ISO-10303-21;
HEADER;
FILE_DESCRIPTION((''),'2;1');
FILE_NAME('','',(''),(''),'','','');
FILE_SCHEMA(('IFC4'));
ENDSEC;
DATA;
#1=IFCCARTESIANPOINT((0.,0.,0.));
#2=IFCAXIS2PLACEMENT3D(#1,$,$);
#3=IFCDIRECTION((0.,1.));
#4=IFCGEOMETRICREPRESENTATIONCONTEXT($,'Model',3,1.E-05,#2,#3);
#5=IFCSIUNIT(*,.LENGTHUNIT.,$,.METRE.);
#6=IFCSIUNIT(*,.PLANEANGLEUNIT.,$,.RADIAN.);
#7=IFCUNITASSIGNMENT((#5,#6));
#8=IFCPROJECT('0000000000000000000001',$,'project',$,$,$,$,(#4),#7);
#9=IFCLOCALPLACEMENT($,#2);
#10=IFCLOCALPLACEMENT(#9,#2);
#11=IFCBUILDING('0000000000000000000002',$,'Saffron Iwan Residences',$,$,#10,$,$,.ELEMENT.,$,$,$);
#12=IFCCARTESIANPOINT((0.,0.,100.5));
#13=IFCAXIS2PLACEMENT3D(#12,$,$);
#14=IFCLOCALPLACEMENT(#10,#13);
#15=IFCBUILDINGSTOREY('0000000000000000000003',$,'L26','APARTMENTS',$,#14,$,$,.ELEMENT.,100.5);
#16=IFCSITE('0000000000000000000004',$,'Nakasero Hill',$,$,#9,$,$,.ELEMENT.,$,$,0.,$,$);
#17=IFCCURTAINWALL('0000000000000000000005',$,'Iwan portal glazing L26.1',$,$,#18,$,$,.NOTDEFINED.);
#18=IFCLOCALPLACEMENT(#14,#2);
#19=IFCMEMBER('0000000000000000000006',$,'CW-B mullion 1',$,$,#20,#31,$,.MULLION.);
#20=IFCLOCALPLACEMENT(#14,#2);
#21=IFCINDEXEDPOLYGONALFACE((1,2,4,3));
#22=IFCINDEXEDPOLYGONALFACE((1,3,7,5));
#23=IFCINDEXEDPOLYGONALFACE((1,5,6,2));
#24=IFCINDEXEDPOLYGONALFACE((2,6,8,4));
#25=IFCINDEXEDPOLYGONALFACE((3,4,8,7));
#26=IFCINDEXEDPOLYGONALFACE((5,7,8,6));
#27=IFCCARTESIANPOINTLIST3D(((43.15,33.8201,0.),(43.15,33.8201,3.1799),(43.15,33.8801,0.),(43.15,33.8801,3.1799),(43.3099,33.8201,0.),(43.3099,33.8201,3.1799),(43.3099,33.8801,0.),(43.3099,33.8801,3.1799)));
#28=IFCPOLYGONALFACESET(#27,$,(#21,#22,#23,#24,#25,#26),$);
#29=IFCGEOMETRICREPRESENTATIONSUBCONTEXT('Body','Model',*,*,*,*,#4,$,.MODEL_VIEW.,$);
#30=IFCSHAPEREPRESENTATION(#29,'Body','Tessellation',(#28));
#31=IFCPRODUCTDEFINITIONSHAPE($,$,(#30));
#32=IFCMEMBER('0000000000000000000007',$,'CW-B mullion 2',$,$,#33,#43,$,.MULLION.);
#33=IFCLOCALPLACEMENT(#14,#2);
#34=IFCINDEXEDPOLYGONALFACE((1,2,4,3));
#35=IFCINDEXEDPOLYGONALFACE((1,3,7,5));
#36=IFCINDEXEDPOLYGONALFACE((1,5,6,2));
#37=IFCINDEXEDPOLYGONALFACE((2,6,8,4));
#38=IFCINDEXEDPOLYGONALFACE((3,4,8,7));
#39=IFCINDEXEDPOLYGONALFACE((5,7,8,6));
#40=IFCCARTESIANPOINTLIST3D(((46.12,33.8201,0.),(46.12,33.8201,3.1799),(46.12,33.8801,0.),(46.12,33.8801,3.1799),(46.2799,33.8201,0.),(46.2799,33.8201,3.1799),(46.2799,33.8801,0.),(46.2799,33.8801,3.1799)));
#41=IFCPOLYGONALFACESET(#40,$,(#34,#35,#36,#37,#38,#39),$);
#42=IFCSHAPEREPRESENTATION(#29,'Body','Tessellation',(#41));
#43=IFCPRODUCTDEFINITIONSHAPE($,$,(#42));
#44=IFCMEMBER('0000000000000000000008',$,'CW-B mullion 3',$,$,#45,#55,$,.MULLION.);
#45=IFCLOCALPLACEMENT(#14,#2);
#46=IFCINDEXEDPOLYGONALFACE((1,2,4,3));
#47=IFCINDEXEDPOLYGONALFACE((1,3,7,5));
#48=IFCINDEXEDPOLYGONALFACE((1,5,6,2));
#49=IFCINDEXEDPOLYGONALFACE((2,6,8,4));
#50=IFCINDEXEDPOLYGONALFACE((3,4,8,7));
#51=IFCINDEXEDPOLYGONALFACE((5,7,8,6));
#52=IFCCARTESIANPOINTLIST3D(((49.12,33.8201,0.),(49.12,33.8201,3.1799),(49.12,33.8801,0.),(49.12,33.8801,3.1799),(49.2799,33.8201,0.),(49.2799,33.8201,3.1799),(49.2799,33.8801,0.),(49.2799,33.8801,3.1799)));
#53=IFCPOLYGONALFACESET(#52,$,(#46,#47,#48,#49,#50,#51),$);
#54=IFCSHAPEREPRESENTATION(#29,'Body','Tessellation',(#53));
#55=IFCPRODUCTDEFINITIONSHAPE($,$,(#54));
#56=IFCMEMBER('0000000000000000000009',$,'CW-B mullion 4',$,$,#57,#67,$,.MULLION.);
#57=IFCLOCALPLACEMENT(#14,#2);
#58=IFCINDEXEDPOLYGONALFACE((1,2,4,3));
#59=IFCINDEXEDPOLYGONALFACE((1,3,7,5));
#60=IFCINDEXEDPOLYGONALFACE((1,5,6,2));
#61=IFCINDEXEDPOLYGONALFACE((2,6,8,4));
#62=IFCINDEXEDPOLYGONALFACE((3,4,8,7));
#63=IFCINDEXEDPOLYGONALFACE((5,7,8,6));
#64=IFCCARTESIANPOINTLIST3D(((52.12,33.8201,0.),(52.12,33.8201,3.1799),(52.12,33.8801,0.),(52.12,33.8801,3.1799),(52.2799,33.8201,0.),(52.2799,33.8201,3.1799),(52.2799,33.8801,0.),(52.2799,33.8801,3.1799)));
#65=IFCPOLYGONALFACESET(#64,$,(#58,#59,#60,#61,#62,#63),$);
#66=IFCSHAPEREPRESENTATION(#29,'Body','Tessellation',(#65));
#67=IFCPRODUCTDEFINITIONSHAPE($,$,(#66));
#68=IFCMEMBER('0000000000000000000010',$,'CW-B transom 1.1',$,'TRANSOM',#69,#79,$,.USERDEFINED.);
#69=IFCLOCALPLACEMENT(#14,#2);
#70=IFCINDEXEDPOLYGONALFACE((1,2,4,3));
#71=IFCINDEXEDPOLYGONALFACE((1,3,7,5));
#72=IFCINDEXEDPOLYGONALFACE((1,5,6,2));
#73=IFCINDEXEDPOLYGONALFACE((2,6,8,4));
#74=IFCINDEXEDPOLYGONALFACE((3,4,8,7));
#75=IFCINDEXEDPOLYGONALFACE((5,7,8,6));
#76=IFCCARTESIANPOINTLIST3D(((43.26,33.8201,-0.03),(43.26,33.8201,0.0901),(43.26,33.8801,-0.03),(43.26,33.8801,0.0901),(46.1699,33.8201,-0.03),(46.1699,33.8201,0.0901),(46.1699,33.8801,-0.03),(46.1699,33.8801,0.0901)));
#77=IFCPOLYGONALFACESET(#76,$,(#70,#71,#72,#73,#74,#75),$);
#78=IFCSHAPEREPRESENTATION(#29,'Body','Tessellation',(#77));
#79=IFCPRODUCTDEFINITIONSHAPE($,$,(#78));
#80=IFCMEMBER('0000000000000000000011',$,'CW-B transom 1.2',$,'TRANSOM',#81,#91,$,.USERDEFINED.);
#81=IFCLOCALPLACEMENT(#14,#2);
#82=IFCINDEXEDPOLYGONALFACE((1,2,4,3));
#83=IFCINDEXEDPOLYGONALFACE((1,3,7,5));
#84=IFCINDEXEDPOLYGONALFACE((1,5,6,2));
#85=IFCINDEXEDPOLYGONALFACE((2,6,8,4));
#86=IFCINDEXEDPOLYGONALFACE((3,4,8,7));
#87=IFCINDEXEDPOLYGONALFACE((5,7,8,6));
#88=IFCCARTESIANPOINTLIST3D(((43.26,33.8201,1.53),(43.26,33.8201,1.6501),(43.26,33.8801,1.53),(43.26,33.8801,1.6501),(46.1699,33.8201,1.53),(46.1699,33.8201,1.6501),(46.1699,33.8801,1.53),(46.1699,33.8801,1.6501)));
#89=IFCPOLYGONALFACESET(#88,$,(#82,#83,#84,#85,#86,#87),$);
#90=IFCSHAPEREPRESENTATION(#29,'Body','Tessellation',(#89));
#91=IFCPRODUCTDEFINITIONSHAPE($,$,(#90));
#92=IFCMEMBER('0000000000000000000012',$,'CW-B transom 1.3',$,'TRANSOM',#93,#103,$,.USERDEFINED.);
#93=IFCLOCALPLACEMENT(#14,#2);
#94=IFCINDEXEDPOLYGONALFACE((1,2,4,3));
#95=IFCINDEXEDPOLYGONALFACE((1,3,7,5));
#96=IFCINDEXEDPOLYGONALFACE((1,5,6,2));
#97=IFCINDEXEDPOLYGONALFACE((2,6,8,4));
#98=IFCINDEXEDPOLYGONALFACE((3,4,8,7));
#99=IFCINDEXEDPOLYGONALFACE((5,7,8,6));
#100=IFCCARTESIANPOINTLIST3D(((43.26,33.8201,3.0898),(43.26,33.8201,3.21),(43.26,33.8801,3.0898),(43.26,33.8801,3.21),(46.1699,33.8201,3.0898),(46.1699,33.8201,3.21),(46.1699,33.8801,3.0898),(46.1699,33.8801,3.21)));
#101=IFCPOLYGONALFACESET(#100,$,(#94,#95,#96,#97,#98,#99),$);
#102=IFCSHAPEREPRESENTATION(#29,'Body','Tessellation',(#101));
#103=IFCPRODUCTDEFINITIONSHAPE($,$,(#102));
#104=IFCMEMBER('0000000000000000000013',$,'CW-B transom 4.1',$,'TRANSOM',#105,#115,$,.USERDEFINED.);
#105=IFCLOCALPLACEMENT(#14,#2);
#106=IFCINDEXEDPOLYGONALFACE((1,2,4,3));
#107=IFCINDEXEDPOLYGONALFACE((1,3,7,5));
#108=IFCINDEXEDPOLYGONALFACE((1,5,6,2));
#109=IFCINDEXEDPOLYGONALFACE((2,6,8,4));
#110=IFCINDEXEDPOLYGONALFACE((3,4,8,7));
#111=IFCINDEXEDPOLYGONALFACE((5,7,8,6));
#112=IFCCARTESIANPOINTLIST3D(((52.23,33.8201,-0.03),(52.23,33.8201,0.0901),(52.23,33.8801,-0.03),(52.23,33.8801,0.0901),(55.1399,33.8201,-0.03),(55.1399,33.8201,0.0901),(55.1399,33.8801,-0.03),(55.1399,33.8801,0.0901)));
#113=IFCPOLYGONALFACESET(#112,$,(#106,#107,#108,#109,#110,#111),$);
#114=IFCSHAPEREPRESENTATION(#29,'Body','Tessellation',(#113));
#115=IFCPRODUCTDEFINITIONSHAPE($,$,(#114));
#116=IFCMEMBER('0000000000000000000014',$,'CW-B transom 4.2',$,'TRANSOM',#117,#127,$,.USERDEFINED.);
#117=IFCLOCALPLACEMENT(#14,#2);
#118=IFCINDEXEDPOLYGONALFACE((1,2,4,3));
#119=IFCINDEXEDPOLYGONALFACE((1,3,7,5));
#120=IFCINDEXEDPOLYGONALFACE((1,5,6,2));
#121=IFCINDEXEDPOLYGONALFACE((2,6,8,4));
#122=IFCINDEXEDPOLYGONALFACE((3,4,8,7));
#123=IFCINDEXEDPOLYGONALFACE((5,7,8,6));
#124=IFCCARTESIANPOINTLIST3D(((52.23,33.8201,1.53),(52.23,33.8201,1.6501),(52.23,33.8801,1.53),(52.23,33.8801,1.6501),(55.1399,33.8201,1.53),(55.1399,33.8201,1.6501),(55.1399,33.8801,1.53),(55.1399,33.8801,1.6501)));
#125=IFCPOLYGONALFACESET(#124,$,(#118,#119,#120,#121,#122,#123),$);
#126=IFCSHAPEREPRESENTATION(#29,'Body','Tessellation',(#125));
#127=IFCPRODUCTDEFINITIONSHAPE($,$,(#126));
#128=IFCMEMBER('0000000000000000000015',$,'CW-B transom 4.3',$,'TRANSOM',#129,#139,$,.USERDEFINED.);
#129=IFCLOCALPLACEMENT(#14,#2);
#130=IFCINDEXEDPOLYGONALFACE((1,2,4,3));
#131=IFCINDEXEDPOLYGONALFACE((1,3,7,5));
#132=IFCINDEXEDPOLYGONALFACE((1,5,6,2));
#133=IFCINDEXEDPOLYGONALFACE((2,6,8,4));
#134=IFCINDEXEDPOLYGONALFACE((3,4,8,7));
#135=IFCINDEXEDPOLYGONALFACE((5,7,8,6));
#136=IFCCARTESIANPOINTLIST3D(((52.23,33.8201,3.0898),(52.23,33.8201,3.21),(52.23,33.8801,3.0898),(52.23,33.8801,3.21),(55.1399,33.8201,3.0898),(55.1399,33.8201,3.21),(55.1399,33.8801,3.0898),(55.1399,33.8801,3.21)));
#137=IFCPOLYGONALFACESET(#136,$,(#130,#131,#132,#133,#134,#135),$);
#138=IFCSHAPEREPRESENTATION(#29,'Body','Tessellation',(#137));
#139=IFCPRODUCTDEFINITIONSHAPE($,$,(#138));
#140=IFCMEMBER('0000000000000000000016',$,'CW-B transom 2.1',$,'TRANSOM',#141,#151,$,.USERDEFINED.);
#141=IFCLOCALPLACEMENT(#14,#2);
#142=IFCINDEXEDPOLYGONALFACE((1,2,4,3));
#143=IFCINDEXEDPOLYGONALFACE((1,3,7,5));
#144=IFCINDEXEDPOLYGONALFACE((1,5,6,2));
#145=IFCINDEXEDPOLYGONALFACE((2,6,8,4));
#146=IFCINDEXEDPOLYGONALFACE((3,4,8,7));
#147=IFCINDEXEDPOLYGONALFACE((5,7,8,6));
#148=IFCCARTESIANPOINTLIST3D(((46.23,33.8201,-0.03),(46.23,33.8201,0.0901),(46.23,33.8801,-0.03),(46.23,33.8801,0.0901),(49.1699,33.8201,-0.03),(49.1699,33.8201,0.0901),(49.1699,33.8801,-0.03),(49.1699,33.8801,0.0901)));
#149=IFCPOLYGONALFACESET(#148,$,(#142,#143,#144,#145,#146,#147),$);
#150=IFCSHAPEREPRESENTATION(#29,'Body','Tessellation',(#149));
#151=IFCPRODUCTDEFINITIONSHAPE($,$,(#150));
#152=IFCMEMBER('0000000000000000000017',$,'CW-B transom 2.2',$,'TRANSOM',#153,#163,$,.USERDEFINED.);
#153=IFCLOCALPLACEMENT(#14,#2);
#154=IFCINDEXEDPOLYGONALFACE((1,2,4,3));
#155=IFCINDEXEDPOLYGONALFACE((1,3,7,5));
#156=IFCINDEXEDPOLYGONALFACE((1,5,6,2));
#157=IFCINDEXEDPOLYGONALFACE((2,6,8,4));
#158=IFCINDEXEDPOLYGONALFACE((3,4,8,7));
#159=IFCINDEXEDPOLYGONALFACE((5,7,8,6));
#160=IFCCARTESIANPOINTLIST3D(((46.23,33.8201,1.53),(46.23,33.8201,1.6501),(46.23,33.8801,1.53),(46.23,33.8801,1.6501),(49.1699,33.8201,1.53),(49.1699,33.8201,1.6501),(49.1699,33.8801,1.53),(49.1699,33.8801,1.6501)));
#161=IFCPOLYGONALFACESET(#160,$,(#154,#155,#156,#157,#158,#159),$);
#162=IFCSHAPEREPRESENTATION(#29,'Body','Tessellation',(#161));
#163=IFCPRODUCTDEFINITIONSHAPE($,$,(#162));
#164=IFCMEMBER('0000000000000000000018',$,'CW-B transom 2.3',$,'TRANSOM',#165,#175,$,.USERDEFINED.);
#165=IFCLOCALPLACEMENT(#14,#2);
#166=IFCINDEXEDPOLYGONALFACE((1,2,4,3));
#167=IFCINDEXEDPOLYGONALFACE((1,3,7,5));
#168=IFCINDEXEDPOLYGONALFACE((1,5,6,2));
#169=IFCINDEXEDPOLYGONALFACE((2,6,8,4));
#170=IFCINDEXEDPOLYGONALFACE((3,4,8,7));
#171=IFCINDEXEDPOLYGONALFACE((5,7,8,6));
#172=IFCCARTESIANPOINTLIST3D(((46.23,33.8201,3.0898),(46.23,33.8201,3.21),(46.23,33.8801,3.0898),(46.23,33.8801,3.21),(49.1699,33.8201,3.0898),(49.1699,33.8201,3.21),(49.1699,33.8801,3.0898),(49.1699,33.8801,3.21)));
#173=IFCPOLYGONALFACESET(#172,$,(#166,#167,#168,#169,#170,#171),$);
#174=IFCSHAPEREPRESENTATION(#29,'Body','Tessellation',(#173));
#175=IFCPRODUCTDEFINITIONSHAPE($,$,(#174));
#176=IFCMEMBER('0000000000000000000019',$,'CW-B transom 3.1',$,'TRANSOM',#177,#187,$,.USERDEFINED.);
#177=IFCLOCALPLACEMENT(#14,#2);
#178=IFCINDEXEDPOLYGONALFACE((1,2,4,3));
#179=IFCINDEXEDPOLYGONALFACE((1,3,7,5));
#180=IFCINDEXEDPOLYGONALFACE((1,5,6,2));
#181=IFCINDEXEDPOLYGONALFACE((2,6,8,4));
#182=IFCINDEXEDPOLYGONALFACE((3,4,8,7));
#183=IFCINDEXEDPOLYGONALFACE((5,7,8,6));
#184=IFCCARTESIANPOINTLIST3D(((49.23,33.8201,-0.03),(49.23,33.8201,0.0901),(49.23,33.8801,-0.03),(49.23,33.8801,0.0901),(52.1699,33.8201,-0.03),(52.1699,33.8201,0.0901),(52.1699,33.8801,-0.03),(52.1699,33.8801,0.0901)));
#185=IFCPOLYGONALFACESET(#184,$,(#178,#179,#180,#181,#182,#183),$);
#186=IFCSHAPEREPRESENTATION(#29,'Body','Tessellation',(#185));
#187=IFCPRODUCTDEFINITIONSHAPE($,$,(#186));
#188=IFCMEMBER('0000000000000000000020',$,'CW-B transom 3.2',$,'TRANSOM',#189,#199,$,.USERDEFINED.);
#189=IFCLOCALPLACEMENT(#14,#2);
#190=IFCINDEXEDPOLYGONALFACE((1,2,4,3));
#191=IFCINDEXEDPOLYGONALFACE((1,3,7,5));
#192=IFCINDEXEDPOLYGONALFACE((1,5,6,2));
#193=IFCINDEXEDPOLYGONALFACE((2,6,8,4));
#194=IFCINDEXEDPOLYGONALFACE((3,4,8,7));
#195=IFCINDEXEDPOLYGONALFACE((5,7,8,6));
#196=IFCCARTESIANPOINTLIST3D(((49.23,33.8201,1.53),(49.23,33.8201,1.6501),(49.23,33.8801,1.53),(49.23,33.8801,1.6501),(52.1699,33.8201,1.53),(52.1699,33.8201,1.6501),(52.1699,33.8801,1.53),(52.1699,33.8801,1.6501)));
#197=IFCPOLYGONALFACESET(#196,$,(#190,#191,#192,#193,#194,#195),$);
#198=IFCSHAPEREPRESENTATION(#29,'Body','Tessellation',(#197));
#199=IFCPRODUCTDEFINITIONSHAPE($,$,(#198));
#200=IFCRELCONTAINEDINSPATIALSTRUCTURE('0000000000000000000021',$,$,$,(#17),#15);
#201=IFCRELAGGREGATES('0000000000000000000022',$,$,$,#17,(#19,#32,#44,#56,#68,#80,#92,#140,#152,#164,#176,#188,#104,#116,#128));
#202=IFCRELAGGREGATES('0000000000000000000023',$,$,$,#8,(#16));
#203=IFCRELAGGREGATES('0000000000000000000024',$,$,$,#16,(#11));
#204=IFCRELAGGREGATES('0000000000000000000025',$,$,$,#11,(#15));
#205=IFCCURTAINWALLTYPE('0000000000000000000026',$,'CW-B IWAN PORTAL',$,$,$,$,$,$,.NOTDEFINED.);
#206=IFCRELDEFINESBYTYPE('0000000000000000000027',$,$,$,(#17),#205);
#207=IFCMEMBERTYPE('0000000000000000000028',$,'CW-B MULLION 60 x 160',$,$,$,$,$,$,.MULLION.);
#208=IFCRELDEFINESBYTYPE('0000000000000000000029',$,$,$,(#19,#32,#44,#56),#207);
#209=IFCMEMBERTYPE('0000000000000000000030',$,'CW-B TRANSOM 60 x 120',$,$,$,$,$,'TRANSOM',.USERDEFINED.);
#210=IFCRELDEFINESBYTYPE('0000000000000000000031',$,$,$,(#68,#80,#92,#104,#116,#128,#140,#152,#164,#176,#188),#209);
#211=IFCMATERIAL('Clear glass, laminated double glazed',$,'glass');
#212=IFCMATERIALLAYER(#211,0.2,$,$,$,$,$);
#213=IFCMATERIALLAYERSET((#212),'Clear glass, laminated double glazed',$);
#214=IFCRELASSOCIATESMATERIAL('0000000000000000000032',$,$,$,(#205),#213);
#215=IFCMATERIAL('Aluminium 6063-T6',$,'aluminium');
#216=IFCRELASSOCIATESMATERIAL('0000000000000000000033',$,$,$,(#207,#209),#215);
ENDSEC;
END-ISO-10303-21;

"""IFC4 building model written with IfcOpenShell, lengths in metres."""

from ifc_helpers import new_model, si_unit, direction, frame, origin, origin_2d, place, context, subcontext, project, spatial, rectangle, extrude, source, transform, mapped, material, layer, layer_set, material_profile, profile_set, type_object, element, aggregate, save


model = new_model("IFC4")

# Units and contexts
model_context = context("Model", 3, precision=1e-05, world=origin(), true_north=direction((0.0, 1.0)))
body_context = subcontext(model_context, "Body", "Model", "MODEL_VIEW")
ifc_project = project(units=[si_unit("LENGTHUNIT", "METRE"), si_unit("PLANEANGLEUNIT", "RADIAN")], contexts=[model_context])

# Site, building, storey
site_placement = place(None, origin())
site = spatial("IfcSite", under=ifc_project, at=site_placement, Name="Nakasero Hill", CompositionType="ELEMENT", RefElevation=0.0)
building_placement = place(site_placement, origin())
building = spatial("IfcBuilding", under=site, at=building_placement, Name="Saffron Iwan Residences", CompositionType="ELEMENT")
storey_placement = place(building_placement, frame((0.0, 0.0, 100.5)))
storey = spatial("IfcBuildingStorey", under=building, at=storey_placement, Name="L26", Description="APARTMENTS", CompositionType="ELEMENT", Elevation=100.5)

# Curtain wall, members
ifc_material_1 = material(Name="Clear glass, laminated double glazed", Category="glass")
ifc_layer_1 = layer(ifc_material_1, 0.2)
ifc_layer_set_1 = layer_set([ifc_layer_1], Name="Clear glass, laminated double glazed")
curtain_wall_type = type_object("IfcCurtainWallType", Name="CW-B IWAN PORTAL", PredefinedType="NOTDEFINED", material=ifc_layer_set_1)
curtain_wall_placement = place(storey_placement, origin())
curtain_wall = element("IfcCurtainWall", 1, at=curtain_wall_placement, inside=storey, type_object=curtain_wall_type, Name="Iwan portal glazing L26.1", PredefinedType="NOTDEFINED")
ifc_material_2 = material(Name="Aluminium 6063-T6", Category="aluminium")
ifc_material_profile_1 = material_profile(ifc_material_2, rectangle(XDim=0.0601, YDim=0.1599, at=origin_2d()), Name="CW-B MULLION 60 x 160")
ifc_profile_set_1 = profile_set([ifc_material_profile_1], Name="Aluminium 6063-T6")
member_type_1 = type_object("IfcMemberType", Name="CW-B MULLION 60 x 160", PredefinedType="MULLION", material=ifc_profile_set_1)
shared_shape_1 = source(origin(), body_context, "Body", "SweptSolid", [
    extrude(rectangle(XDim=0.0601, YDim=0.1599, at=origin_2d()), origin(), (0.0, 0.0, 1.0), 3.1799),
])
member_1_placement = place(storey_placement, frame((43.23, 33.8501, 0.0), z_axis=(0.0, 0.0, 1.0), x_axis=(0.0, 1.0, 0.0)))
member_1 = element("IfcMember", 2, at=member_1_placement, type_object=member_type_1, Name="CW-B mullion 1", PredefinedType="MULLION", context=body_context, shape_type="MappedRepresentation", body=[
    mapped(shared_shape_1, transform((0.0, 0.0, 0.0))),
])
member_2_placement = place(storey_placement, frame((46.2, 33.8501, 0.0), z_axis=(0.0, 0.0, 1.0), x_axis=(0.0, 1.0, 0.0)))
member_2 = element("IfcMember", 3, at=member_2_placement, type_object=member_type_1, Name="CW-B mullion 2", PredefinedType="MULLION", context=body_context, shape_type="MappedRepresentation", body=[
    mapped(shared_shape_1, transform((0.0, 0.0, 0.0))),
])
member_3_placement = place(storey_placement, frame((49.2, 33.8501, 0.0), z_axis=(0.0, 0.0, 1.0), x_axis=(0.0, 1.0, 0.0)))
member_3 = element("IfcMember", 4, at=member_3_placement, type_object=member_type_1, Name="CW-B mullion 3", PredefinedType="MULLION", context=body_context, shape_type="MappedRepresentation", body=[
    mapped(shared_shape_1, transform((0.0, 0.0, 0.0))),
])
member_4_placement = place(storey_placement, frame((52.2, 33.8501, 0.0), z_axis=(0.0, 0.0, 1.0), x_axis=(0.0, 1.0, 0.0)))
member_4 = element("IfcMember", 5, at=member_4_placement, type_object=member_type_1, Name="CW-B mullion 4", PredefinedType="MULLION", context=body_context, shape_type="MappedRepresentation", body=[
    mapped(shared_shape_1, transform((0.0, 0.0, 0.0))),
])
ifc_material_profile_2 = material_profile(ifc_material_2, rectangle(XDim=0.0601, YDim=0.1201, at=origin_2d()), Name="CW-B TRANSOM 60 x 120")
ifc_profile_set_2 = profile_set([ifc_material_profile_2], Name="Aluminium 6063-T6")
member_type_2 = type_object("IfcMemberType", Name="CW-B TRANSOM 60 x 120", ElementType="TRANSOM", PredefinedType="USERDEFINED", material=ifc_profile_set_2)
shared_shape_2 = source(origin(), body_context, "Body", "SweptSolid", [
    extrude(rectangle(XDim=0.0601, YDim=0.1201, at=origin_2d()), origin(), (0.0, 0.0, 1.0), 2.9099),
])
member_5_placement = place(storey_placement, frame((43.26, 33.8501, 0.03), z_axis=(1.0, 0.0, 0.0), x_axis=(0.0, 1.0, 0.0)))
member_5 = element("IfcMember", 6, at=member_5_placement, type_object=member_type_2, Name="CW-B transom 1.1", ObjectType="TRANSOM", PredefinedType="USERDEFINED", context=body_context, shape_type="MappedRepresentation", body=[
    mapped(shared_shape_2, transform((0.0, 0.0, 0.0))),
])
member_6_placement = place(storey_placement, frame((43.26, 33.8501, 1.5901), z_axis=(1.0, 0.0, 0.0), x_axis=(0.0, 1.0, 0.0)))
member_6 = element("IfcMember", 7, at=member_6_placement, type_object=member_type_2, Name="CW-B transom 1.2", ObjectType="TRANSOM", PredefinedType="USERDEFINED", context=body_context, shape_type="MappedRepresentation", body=[
    mapped(shared_shape_2, transform((0.0, 0.0, 0.0))),
])
member_7_placement = place(storey_placement, frame((43.26, 33.8501, 3.1499), z_axis=(1.0, 0.0, 0.0), x_axis=(0.0, 1.0, 0.0)))
member_7 = element("IfcMember", 8, at=member_7_placement, type_object=member_type_2, Name="CW-B transom 1.3", ObjectType="TRANSOM", PredefinedType="USERDEFINED", context=body_context, shape_type="MappedRepresentation", body=[
    mapped(shared_shape_2, transform((0.0, 0.0, 0.0))),
])
member_8_placement = place(storey_placement, frame((52.23, 33.8501, 0.03), z_axis=(1.0, 0.0, 0.0), x_axis=(0.0, 1.0, 0.0)))
member_8 = element("IfcMember", 9, at=member_8_placement, type_object=member_type_2, Name="CW-B transom 4.1", ObjectType="TRANSOM", PredefinedType="USERDEFINED", context=body_context, shape_type="MappedRepresentation", body=[
    mapped(shared_shape_2, transform((0.0, 0.0, 0.0))),
])
member_9_placement = place(storey_placement, frame((52.23, 33.8501, 1.5901), z_axis=(1.0, 0.0, 0.0), x_axis=(0.0, 1.0, 0.0)))
member_9 = element("IfcMember", 10, at=member_9_placement, type_object=member_type_2, Name="CW-B transom 4.2", ObjectType="TRANSOM", PredefinedType="USERDEFINED", context=body_context, shape_type="MappedRepresentation", body=[
    mapped(shared_shape_2, transform((0.0, 0.0, 0.0))),
])
member_10_placement = place(storey_placement, frame((52.23, 33.8501, 3.1499), z_axis=(1.0, 0.0, 0.0), x_axis=(0.0, 1.0, 0.0)))
member_10 = element("IfcMember", 11, at=member_10_placement, type_object=member_type_2, Name="CW-B transom 4.3", ObjectType="TRANSOM", PredefinedType="USERDEFINED", context=body_context, shape_type="MappedRepresentation", body=[
    mapped(shared_shape_2, transform((0.0, 0.0, 0.0))),
])
shared_shape_3 = source(origin(), body_context, "Body", "SweptSolid", [
    extrude(rectangle(XDim=0.0601, YDim=0.1201, at=origin_2d()), origin(), (0.0, 0.0, 1.0), 2.9399),
])
member_11_placement = place(storey_placement, frame((46.23, 33.8501, 0.03), z_axis=(1.0, 0.0, 0.0), x_axis=(0.0, 1.0, 0.0)))
member_11 = element("IfcMember", 12, at=member_11_placement, type_object=member_type_2, Name="CW-B transom 2.1", ObjectType="TRANSOM", PredefinedType="USERDEFINED", context=body_context, shape_type="MappedRepresentation", body=[
    mapped(shared_shape_3, transform((0.0, 0.0, 0.0))),
])
member_12_placement = place(storey_placement, frame((46.23, 33.8501, 1.5901), z_axis=(1.0, 0.0, 0.0), x_axis=(0.0, 1.0, 0.0)))
member_12 = element("IfcMember", 13, at=member_12_placement, type_object=member_type_2, Name="CW-B transom 2.2", ObjectType="TRANSOM", PredefinedType="USERDEFINED", context=body_context, shape_type="MappedRepresentation", body=[
    mapped(shared_shape_3, transform((0.0, 0.0, 0.0))),
])
member_13_placement = place(storey_placement, frame((46.23, 33.8501, 3.1499), z_axis=(1.0, 0.0, 0.0), x_axis=(0.0, 1.0, 0.0)))
member_13 = element("IfcMember", 14, at=member_13_placement, type_object=member_type_2, Name="CW-B transom 2.3", ObjectType="TRANSOM", PredefinedType="USERDEFINED", context=body_context, shape_type="MappedRepresentation", body=[
    mapped(shared_shape_3, transform((0.0, 0.0, 0.0))),
])
member_14_placement = place(storey_placement, frame((49.23, 33.8501, 0.03), z_axis=(1.0, 0.0, 0.0), x_axis=(0.0, 1.0, 0.0)))
member_14 = element("IfcMember", 15, at=member_14_placement, type_object=member_type_2, Name="CW-B transom 3.1", ObjectType="TRANSOM", PredefinedType="USERDEFINED", context=body_context, shape_type="MappedRepresentation", body=[
    mapped(shared_shape_3, transform((0.0, 0.0, 0.0))),
])
member_15_placement = place(storey_placement, frame((49.23, 33.8501, 1.5901), z_axis=(1.0, 0.0, 0.0), x_axis=(0.0, 1.0, 0.0)))
member_15 = element("IfcMember", 16, at=member_15_placement, type_object=member_type_2, Name="CW-B transom 3.2", ObjectType="TRANSOM", PredefinedType="USERDEFINED", context=body_context, shape_type="MappedRepresentation", body=[
    mapped(shared_shape_3, transform((0.0, 0.0, 0.0))),
])
aggregate(curtain_wall, [member_1, member_2, member_3, member_4, member_5, member_6, member_7, member_11, member_12, member_13, member_14, member_15, member_8, member_9, member_10])

save(model, "model.ifc")
